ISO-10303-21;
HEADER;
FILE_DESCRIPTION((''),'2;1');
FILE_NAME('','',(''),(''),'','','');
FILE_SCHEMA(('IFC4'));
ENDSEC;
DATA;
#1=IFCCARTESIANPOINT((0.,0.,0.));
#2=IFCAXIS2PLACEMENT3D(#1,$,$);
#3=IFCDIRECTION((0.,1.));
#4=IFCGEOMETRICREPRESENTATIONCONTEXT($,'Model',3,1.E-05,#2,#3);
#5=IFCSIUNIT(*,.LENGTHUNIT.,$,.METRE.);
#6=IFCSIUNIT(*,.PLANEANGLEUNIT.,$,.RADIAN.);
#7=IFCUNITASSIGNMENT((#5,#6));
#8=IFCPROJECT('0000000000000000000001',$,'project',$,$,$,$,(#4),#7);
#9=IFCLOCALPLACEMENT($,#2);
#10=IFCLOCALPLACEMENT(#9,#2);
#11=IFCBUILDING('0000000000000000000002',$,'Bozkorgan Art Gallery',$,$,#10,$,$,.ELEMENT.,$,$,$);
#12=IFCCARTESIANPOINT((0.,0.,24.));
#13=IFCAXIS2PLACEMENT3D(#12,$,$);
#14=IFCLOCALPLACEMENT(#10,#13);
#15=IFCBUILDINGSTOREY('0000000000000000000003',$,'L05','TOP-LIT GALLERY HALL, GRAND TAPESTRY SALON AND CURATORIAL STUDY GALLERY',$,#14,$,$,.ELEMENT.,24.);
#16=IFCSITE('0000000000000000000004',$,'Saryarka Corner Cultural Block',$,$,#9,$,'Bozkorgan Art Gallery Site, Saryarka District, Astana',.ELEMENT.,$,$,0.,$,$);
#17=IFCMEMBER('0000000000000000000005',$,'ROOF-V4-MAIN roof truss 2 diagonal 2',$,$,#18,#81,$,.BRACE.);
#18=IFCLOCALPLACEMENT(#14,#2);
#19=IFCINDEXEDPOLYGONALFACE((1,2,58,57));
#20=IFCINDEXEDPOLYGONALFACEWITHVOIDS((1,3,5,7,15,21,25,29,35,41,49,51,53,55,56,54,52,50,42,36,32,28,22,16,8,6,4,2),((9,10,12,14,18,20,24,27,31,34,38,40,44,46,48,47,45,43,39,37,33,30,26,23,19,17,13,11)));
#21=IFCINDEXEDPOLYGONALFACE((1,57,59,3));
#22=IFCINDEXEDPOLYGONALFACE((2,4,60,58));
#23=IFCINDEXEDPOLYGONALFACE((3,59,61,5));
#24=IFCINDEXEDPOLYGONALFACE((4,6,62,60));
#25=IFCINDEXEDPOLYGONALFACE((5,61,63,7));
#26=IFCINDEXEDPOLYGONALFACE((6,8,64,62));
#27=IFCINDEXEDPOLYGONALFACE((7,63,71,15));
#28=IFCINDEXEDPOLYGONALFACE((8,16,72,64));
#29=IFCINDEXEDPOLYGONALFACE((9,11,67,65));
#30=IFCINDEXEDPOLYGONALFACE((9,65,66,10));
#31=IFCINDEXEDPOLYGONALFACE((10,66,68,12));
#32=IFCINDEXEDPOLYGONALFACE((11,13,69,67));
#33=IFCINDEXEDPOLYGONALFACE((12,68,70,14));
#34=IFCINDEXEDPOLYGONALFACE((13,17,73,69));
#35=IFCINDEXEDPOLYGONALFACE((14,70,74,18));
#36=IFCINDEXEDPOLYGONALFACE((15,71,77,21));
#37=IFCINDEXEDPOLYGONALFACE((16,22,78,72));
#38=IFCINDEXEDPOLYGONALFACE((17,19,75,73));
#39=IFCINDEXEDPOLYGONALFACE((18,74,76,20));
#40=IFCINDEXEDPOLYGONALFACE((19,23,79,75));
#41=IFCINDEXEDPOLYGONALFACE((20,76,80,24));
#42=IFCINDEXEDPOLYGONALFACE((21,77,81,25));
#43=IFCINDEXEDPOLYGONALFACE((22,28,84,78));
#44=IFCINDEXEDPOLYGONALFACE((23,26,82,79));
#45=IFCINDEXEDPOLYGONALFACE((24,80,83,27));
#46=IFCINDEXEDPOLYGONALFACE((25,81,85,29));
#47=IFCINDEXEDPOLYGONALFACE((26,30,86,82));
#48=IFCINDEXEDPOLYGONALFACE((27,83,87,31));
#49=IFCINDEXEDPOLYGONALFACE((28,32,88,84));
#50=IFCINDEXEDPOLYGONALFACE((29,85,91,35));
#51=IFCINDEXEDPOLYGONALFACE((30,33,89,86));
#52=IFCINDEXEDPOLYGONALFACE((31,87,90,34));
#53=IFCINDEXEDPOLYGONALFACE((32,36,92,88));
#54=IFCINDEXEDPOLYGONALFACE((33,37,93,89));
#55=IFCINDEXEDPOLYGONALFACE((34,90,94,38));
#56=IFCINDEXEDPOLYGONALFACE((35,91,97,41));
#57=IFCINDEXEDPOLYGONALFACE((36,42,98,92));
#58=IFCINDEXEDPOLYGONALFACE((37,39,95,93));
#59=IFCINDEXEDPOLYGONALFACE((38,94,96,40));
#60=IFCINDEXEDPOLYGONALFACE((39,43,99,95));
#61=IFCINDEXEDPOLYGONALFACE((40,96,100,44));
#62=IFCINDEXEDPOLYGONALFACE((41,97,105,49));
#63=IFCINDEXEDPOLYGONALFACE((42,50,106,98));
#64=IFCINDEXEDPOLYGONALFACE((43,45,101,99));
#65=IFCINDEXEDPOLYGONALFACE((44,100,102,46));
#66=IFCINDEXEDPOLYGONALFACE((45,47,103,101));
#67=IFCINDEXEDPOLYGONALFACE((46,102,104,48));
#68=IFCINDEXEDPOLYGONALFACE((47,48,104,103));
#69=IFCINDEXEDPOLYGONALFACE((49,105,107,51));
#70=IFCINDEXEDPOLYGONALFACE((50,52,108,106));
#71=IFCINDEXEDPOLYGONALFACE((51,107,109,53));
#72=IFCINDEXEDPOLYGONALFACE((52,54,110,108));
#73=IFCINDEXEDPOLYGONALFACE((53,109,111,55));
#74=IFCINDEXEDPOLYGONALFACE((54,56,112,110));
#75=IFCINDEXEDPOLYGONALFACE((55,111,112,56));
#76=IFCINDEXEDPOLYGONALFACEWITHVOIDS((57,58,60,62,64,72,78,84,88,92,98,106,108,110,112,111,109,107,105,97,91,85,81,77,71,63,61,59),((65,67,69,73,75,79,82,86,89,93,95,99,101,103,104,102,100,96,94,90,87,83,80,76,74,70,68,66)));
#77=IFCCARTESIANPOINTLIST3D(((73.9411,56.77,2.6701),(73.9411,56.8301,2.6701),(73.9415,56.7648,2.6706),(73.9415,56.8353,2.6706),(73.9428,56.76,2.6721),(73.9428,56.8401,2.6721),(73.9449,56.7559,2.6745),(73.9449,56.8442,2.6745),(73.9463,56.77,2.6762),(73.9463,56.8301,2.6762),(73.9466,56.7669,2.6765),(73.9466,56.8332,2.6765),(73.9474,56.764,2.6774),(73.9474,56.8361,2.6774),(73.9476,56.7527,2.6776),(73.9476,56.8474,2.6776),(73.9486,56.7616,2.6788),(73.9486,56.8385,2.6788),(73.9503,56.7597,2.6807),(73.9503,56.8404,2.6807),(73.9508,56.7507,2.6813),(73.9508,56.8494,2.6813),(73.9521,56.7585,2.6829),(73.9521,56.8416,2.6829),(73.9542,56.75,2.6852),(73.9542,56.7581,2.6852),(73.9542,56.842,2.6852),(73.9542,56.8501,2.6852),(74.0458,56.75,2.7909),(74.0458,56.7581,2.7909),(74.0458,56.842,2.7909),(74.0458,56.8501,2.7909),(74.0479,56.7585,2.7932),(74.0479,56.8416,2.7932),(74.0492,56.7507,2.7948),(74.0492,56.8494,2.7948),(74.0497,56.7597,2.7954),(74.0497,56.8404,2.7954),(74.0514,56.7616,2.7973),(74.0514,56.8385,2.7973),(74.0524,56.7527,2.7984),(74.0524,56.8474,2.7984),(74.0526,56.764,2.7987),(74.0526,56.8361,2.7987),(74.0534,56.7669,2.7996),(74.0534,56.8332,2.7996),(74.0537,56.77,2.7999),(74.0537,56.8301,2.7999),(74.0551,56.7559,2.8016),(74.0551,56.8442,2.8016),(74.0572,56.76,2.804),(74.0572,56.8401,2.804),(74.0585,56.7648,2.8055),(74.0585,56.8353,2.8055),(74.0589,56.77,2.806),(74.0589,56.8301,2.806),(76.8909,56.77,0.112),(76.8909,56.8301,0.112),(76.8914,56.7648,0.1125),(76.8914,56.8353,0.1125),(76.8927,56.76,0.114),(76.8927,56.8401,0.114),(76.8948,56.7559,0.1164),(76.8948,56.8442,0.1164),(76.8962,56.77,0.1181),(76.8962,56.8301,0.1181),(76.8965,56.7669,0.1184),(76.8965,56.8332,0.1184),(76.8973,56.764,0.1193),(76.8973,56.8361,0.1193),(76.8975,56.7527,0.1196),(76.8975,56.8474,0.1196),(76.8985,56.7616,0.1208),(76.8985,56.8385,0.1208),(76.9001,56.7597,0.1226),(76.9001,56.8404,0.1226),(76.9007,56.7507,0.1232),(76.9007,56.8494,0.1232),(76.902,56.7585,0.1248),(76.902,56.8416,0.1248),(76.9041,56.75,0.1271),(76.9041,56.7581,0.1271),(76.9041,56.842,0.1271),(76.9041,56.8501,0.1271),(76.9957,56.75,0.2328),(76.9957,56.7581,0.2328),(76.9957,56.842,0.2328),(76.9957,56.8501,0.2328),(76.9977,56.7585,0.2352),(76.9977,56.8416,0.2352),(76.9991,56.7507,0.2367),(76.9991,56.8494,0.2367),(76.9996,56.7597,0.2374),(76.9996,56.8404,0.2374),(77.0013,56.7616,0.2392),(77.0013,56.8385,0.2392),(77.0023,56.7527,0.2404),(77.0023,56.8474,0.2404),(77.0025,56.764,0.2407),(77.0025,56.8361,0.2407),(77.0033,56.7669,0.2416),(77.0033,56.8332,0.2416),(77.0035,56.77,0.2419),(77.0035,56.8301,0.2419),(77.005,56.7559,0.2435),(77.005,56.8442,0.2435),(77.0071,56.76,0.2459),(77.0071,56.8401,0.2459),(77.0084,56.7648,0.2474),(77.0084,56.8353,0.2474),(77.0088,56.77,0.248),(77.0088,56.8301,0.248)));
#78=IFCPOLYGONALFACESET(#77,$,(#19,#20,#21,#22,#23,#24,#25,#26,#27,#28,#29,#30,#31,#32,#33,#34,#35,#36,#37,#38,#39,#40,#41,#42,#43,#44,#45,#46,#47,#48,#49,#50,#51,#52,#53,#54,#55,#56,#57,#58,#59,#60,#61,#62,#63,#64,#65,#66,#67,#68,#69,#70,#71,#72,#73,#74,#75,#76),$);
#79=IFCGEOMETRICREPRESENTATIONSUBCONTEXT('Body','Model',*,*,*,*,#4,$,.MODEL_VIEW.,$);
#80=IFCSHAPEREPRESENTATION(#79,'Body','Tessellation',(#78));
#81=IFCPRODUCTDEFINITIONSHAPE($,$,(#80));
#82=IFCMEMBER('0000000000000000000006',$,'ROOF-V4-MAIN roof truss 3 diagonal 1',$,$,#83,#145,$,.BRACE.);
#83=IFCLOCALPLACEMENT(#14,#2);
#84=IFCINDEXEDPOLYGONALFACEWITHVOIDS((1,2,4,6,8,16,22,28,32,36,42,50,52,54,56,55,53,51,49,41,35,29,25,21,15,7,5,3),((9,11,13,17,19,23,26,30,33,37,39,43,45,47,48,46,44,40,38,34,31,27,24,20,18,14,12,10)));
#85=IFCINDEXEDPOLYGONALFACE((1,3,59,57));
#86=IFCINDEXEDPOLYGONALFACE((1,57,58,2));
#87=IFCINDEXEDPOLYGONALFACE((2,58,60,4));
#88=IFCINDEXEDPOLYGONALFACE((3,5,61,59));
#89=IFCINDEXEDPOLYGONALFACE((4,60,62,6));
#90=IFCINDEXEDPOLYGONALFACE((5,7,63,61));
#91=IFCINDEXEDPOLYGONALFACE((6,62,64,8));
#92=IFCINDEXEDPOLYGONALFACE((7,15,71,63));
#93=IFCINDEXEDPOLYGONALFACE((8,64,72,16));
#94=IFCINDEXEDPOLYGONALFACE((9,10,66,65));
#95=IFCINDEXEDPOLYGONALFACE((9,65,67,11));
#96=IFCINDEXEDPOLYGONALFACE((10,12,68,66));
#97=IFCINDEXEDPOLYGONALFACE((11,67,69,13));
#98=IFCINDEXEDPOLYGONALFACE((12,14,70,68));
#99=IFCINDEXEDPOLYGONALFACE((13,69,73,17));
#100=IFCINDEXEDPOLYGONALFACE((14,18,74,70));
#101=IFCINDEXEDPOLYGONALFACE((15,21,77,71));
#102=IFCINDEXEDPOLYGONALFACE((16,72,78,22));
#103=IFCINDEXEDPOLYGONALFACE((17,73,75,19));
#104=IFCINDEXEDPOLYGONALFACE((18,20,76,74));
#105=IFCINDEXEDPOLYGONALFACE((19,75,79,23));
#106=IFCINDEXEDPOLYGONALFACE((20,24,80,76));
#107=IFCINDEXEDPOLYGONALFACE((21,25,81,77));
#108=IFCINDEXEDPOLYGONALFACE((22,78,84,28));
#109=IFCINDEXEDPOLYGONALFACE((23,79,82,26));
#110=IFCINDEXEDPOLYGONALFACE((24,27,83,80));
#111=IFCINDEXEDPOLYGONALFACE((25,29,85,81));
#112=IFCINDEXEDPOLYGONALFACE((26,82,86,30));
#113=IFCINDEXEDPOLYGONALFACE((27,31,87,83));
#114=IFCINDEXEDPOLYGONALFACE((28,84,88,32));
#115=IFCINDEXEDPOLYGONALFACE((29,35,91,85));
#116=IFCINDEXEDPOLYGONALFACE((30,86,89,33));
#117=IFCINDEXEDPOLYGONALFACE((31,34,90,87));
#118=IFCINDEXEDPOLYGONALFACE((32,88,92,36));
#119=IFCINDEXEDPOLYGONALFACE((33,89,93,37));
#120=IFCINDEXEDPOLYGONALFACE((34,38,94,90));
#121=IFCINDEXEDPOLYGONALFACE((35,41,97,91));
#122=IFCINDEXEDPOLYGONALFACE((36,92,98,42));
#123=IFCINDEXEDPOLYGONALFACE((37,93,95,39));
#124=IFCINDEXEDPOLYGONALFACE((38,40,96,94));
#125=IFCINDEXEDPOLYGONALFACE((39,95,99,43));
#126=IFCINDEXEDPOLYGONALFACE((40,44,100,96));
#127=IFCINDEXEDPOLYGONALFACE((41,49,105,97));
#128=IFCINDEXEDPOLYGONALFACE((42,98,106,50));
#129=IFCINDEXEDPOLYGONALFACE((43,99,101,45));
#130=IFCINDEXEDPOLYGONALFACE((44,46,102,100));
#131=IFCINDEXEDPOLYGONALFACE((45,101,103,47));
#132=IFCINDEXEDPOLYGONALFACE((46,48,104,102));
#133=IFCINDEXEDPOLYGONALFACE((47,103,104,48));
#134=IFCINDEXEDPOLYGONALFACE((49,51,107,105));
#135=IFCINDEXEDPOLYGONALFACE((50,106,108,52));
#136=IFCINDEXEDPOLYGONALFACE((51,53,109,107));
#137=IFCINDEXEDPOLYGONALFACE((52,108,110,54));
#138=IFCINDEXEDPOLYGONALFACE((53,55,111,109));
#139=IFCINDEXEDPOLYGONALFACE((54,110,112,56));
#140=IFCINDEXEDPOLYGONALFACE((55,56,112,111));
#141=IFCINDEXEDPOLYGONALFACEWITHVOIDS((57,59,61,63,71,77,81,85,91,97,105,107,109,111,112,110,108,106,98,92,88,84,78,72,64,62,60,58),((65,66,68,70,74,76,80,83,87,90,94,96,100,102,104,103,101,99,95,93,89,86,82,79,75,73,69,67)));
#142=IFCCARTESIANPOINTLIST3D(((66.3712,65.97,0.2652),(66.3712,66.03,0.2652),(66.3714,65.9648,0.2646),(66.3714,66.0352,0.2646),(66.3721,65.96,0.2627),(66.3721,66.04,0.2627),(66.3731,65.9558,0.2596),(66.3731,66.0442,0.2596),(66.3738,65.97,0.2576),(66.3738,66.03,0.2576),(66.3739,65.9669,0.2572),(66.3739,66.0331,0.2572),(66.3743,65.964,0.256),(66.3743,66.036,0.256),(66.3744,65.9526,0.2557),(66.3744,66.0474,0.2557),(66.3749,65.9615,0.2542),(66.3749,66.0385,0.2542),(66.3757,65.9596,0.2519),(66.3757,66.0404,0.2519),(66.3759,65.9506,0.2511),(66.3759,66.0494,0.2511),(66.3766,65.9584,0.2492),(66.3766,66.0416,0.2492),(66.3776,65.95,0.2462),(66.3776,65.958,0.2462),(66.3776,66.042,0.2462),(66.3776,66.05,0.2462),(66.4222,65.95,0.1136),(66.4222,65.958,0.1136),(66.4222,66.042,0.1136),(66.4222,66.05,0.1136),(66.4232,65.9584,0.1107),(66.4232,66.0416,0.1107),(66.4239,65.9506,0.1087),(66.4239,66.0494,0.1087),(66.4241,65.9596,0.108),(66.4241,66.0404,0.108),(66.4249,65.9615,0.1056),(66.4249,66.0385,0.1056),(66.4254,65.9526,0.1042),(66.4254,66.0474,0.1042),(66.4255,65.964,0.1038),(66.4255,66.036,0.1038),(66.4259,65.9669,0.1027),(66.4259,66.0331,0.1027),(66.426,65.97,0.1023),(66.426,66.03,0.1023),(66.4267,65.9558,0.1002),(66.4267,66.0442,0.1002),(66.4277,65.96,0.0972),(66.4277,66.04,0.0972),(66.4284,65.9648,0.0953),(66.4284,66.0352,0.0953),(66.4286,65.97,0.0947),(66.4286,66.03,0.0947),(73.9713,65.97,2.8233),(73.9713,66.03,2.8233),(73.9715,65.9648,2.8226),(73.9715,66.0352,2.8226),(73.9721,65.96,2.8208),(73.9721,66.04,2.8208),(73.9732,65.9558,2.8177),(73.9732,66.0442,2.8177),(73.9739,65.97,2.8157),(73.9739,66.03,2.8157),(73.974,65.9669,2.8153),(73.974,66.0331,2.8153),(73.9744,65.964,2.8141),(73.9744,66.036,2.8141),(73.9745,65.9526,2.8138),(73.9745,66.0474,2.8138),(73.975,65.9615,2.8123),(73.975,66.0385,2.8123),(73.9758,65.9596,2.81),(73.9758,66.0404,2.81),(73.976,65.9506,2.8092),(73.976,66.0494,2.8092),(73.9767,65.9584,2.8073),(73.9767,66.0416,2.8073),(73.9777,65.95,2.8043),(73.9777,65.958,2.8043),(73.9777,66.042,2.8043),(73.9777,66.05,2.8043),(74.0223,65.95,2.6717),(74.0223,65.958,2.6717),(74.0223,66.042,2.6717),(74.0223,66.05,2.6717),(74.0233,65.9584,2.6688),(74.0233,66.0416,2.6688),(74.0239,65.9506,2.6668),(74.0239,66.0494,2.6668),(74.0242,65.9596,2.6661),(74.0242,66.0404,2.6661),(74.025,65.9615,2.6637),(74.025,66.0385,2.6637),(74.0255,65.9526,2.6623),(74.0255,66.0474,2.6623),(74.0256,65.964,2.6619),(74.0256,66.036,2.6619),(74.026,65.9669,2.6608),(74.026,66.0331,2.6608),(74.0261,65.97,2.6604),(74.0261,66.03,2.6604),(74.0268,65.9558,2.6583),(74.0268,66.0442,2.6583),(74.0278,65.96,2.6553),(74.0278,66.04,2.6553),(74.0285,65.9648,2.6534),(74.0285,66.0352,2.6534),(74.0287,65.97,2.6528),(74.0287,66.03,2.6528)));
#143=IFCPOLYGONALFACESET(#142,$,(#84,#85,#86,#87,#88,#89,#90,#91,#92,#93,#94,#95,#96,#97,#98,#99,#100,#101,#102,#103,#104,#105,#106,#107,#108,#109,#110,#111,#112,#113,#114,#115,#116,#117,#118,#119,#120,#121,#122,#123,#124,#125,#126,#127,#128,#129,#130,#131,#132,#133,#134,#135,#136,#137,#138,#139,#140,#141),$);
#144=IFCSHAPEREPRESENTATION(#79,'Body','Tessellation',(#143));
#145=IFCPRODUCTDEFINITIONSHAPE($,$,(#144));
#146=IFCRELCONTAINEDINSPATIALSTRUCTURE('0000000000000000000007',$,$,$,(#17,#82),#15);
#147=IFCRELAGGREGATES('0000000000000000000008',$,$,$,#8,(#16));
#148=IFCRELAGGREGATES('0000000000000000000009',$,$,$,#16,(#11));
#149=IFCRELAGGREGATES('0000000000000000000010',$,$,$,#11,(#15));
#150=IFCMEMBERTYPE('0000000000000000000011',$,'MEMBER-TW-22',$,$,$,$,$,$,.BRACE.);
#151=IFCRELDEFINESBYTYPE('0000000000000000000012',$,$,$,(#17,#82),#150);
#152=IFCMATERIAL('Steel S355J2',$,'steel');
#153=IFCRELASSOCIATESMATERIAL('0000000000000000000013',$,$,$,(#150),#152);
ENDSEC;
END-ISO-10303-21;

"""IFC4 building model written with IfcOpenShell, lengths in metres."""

from ifc_helpers import new_model, si_unit, direction, frame, origin, origin_2d, place, context, subcontext, project, spatial, hollow_rectangle, extrude, material, material_profile, profile_set, type_object, element, save


model = new_model("IFC4")

# Units and contexts
model_context = context("Model", 3, precision=1e-05, world=origin(), true_north=direction((0.0, 1.0)))
body_context = subcontext(model_context, "Body", "Model", "MODEL_VIEW")
ifc_project = project(units=[si_unit("LENGTHUNIT", "METRE"), si_unit("PLANEANGLEUNIT", "RADIAN")], contexts=[model_context])

# Site, building, storey
site_placement = place(None, origin())
site = spatial("IfcSite", under=ifc_project, at=site_placement, Name="Saryarka Corner Cultural Block", LongName="Bozkorgan Art Gallery Site, Saryarka District, Astana", CompositionType="ELEMENT", RefElevation=0.0)
building_placement = place(site_placement, origin())
building = spatial("IfcBuilding", under=site, at=building_placement, Name="Bozkorgan Art Gallery", CompositionType="ELEMENT")
storey_placement = place(building_placement, frame((0.0, 0.0, 24.0)))
storey = spatial("IfcBuildingStorey", under=building, at=storey_placement, Name="L05", Description="TOP-LIT GALLERY HALL, GRAND TAPESTRY SALON AND CURATORIAL STUDY GALLERY", CompositionType="ELEMENT", Elevation=24.0)

# Shared definitions
ifc_material_1 = material(Name="Steel S355J2", Category="steel")

# Members
ifc_material_profile_1 = material_profile(ifc_material_1, hollow_rectangle(XDim=0.1001, YDim=0.1799, WallThickness=0.0081, InnerFilletRadius=0.012, OuterFilletRadius=0.02, at=origin_2d()), Name="RHS 180x100x8")
ifc_profile_set_1 = profile_set([ifc_material_profile_1], Name="Steel S355J2")
member_type_1 = type_object("IfcMemberType", Name="MEMBER-TW-22", PredefinedType="BRACE", material=ifc_profile_set_1)
member_1_placement = place(storey_placement, frame((74.0, 56.8, 2.738), z_axis=(0.755501, 0.0, -0.655147), x_axis=(0.0, 1.0, 0.0)))
element("IfcMember", 1, at=member_1_placement, inside=storey, type_object=member_type_1, Name="ROOF-V4-MAIN roof truss 2 diagonal 2", PredefinedType="BRACE", context=body_context, shape_type="SweptSolid", body=[
    extrude(hollow_rectangle(XDim=0.1001, YDim=0.1799, WallThickness=0.0081, InnerFilletRadius=0.012, OuterFilletRadius=0.02, at=origin_2d()), origin(), (0.0, 0.0, 1.0), 3.9045),
])
member_2_placement = place(storey_placement, frame((66.3999, 66.0, 0.1799), z_axis=(0.947754, 0.0, 0.319003), x_axis=(0.0, 1.0, 0.0)))
element("IfcMember", 2, at=member_2_placement, inside=storey, type_object=member_type_1, Name="ROOF-V4-MAIN roof truss 3 diagonal 1", PredefinedType="BRACE", context=body_context, shape_type="SweptSolid", body=[
    extrude(hollow_rectangle(XDim=0.1001, YDim=0.1799, WallThickness=0.0081, InnerFilletRadius=0.012, OuterFilletRadius=0.02, at=origin_2d()), origin(), (0.0, 0.0, 1.0), 8.019),
])

save(model, "model.ifc")
